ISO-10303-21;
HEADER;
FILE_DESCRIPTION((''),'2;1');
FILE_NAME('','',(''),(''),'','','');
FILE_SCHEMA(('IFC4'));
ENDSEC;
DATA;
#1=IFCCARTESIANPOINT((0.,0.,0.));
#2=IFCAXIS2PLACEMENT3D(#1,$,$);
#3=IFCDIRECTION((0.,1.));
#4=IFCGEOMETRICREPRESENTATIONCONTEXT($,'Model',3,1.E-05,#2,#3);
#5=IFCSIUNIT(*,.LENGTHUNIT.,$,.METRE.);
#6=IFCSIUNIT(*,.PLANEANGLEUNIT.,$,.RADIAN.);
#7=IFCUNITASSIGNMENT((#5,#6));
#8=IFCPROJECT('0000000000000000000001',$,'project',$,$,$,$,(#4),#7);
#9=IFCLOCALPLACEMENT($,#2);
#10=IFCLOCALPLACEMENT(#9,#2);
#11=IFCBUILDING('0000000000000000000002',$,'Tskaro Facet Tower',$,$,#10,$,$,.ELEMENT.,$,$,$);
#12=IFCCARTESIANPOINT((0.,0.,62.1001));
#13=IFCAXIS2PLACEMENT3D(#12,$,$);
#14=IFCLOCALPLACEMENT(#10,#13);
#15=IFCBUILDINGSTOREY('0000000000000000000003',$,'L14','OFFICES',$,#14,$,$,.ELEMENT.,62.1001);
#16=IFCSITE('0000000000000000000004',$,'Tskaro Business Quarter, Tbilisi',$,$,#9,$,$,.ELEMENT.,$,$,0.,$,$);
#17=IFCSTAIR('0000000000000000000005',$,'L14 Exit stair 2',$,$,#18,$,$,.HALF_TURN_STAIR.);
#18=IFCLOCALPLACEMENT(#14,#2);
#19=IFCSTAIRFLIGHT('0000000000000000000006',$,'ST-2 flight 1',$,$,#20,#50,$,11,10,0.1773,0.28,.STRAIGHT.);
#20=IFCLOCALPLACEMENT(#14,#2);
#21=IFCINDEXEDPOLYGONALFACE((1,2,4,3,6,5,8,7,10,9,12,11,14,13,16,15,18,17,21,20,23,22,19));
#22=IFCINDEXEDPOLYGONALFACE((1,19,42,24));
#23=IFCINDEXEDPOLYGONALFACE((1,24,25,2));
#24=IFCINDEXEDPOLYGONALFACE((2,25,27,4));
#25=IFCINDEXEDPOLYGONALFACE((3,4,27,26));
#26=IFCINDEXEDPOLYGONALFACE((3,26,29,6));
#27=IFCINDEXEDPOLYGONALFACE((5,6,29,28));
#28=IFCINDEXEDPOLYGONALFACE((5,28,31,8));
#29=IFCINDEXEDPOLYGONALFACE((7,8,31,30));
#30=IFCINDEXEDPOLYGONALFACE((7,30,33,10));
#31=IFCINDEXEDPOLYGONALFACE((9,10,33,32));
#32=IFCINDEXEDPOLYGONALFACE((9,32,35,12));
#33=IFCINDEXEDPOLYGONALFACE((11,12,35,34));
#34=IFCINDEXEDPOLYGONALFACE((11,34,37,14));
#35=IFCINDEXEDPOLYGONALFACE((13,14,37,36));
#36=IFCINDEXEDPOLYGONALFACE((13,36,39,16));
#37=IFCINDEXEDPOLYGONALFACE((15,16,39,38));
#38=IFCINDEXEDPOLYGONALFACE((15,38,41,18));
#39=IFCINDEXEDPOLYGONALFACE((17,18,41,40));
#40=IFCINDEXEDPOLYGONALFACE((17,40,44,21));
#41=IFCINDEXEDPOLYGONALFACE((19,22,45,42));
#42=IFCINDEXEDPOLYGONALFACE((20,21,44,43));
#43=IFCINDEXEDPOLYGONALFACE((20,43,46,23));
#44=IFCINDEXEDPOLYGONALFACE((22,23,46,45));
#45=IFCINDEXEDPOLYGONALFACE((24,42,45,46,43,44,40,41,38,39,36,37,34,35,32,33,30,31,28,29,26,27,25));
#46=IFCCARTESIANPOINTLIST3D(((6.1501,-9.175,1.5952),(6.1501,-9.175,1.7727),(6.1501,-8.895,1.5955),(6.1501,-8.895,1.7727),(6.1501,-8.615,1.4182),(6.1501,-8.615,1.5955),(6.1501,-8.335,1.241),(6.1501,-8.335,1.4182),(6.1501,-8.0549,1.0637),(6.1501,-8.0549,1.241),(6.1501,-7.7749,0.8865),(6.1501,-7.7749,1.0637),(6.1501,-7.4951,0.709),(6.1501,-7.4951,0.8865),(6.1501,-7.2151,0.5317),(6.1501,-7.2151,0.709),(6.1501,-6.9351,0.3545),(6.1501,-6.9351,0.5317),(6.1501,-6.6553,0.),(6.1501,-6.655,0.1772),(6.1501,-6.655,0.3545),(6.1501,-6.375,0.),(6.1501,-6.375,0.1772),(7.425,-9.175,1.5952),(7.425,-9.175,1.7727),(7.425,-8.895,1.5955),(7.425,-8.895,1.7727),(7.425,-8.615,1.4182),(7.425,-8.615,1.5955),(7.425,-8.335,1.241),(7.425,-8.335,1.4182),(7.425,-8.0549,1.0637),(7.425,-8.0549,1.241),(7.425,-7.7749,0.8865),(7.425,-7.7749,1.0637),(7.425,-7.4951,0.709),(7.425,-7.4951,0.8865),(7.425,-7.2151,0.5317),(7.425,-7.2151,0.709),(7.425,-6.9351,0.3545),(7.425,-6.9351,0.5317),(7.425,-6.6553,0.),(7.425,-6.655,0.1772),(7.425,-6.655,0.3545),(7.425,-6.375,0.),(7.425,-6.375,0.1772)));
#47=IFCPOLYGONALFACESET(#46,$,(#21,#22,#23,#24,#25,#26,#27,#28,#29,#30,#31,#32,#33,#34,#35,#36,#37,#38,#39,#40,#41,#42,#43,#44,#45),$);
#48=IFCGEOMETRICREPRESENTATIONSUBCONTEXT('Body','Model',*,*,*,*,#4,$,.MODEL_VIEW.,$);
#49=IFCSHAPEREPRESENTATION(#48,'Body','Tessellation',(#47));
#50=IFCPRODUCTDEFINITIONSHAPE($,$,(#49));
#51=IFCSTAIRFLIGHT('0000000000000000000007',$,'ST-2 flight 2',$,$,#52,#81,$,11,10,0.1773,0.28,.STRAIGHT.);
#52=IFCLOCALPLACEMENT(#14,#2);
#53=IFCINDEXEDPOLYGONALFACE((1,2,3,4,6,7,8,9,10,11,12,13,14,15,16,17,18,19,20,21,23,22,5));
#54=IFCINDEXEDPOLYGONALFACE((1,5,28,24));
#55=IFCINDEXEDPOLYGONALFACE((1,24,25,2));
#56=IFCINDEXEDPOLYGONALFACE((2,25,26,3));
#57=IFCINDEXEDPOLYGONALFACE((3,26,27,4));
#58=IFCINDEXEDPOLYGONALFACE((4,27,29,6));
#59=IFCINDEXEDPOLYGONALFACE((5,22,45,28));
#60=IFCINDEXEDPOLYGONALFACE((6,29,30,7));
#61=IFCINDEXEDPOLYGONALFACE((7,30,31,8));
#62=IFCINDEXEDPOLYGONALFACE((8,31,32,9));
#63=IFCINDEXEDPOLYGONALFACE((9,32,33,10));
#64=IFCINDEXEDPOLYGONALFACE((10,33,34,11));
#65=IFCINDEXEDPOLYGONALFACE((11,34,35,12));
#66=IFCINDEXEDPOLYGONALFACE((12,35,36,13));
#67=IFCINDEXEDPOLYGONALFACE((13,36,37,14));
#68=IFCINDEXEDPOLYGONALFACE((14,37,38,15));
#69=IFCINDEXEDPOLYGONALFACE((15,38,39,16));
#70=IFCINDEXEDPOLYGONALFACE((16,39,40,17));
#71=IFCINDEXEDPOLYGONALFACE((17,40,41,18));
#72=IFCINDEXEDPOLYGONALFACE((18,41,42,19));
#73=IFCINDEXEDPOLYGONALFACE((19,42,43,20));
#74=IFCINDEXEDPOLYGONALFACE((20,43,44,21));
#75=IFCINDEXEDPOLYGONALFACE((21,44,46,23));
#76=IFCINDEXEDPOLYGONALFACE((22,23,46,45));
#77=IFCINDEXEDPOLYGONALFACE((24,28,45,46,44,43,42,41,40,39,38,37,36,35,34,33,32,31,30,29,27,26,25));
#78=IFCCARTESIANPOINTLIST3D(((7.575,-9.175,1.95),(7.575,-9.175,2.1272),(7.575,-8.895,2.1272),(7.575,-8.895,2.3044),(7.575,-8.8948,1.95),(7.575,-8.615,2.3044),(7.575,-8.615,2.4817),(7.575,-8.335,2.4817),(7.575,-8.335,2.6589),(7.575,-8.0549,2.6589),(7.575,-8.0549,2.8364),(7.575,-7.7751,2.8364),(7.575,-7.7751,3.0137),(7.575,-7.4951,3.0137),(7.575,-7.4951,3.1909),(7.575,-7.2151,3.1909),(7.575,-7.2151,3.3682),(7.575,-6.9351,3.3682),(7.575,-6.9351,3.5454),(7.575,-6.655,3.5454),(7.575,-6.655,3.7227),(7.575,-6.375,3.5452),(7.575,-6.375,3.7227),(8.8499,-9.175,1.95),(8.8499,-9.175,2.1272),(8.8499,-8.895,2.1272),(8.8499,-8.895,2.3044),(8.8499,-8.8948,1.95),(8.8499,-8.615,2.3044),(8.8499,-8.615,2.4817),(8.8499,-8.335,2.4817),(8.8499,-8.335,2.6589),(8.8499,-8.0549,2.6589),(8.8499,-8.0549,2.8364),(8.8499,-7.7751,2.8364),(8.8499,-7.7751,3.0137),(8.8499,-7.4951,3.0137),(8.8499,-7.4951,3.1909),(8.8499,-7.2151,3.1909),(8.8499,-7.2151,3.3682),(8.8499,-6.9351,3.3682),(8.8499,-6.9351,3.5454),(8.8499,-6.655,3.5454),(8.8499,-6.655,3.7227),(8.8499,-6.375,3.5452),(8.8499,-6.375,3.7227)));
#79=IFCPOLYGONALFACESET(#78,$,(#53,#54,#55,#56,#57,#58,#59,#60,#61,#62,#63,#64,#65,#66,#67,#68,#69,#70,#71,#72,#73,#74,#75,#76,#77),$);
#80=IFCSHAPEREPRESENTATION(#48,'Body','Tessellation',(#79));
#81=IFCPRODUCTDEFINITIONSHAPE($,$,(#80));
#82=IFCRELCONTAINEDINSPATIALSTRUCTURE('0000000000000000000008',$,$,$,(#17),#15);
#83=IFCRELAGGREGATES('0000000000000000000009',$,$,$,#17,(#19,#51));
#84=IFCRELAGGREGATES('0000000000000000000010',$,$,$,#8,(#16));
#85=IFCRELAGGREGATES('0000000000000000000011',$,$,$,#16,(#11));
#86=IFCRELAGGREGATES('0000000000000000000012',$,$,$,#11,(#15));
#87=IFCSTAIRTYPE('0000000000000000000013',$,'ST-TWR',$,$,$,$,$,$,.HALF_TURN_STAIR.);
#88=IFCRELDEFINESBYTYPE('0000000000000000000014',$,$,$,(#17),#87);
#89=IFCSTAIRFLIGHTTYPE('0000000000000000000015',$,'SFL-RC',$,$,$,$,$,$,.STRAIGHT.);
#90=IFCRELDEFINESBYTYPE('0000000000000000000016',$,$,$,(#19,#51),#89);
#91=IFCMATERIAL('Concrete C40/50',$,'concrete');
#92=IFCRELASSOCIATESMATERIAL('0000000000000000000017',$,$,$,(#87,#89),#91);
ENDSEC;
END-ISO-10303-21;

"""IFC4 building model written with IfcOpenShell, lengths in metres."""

from ifc_helpers import new_model, si_unit, direction, frame, origin, place, context, subcontext, project, spatial, polyline, outline, extrude, material, type_object, element, aggregate, save


model = new_model("IFC4")

# Units and contexts
model_context = context("Model", 3, precision=1e-05, world=origin(), true_north=direction((0.0, 1.0)))
body_context = subcontext(model_context, "Body", "Model", "MODEL_VIEW")
ifc_project = project(units=[si_unit("LENGTHUNIT", "METRE"), si_unit("PLANEANGLEUNIT", "RADIAN")], contexts=[model_context])

# Site, building, storey
site_placement = place(None, origin())
site = spatial("IfcSite", under=ifc_project, at=site_placement, Name="Tskaro Business Quarter, Tbilisi", CompositionType="ELEMENT", RefElevation=0.0)
building_placement = place(site_placement, origin())
building = spatial("IfcBuilding", under=site, at=building_placement, Name="Tskaro Facet Tower", CompositionType="ELEMENT")
storey_placement = place(building_placement, frame((0.0, 0.0, 62.1001)))
storey = spatial("IfcBuildingStorey", under=building, at=storey_placement, Name="L14", Description="OFFICES", CompositionType="ELEMENT", Elevation=62.1001)

# Shared definitions
ifc_material_1 = material(Name="Concrete C40/50", Category="concrete")

# Stair, stair flights
stair_type = type_object("IfcStairType", Name="ST-TWR", PredefinedType="HALF_TURN_STAIR", material=ifc_material_1)
stair_placement = place(storey_placement, origin())
stair = element("IfcStair", 1, at=stair_placement, inside=storey, type_object=stair_type, Name="L14 Exit stair 2", PredefinedType="HALF_TURN_STAIR")
stair_flight_type = type_object("IfcStairFlightType", Name="SFL-RC", PredefinedType="STRAIGHT", material=ifc_material_1)
stair_flight_1_placement = place(storey_placement, frame((6.7876, -6.375, 0.0), z_axis=(0.0, 0.0, 1.0), x_axis=(0.0, -1.0, 0.0)))
stair_flight_1 = element("IfcStairFlight", 2, at=stair_flight_1_placement, type_object=stair_flight_type, Name="ST-2 flight 1", NumberOfRisers=11, NumberOfTreads=10, PredefinedType="STRAIGHT", RiserHeight=0.1773, TreadLength=0.28, context=body_context, shape_type="SweptSolid", body=[
    extrude(outline(polyline([(0.0, 0.0), (0.0, 0.1772), (0.28, 0.1772), (0.28, 0.3545), (0.5601, 0.3545), (0.5601, 0.5317), (0.8401, 0.5317), (0.8401, 0.709), (1.1201, 0.709), (1.1201, 0.8865), (1.3999, 0.8865), (1.3999, 1.0637), (1.6799, 1.0637), (1.6799, 1.241), (1.96, 1.241), (1.96, 1.4182), (2.24, 1.4182), (2.24, 1.5955), (2.52, 1.5955), (2.52, 1.7727), (2.8, 1.7727), (2.8, 1.95), (2.8, 1.5952), (0.2803, 0.0), (0.0, 0.0)])), frame((0.0, 0.6375, 0.0), z_axis=(0.0, -1.0, 0.0), x_axis=(1.0, 0.0, 0.0)), (0.0, 0.0, 1.0), 1.2749),
])
stair_flight_2_placement = place(storey_placement, frame((8.2124, -9.175, 1.95), z_axis=(0.0, 0.0, 1.0), x_axis=(0.0, 1.0, 0.0)))
stair_flight_2 = element("IfcStairFlight", 3, at=stair_flight_2_placement, type_object=stair_flight_type, Name="ST-2 flight 2", NumberOfRisers=11, NumberOfTreads=10, PredefinedType="STRAIGHT", RiserHeight=0.1773, TreadLength=0.28, context=body_context, shape_type="SweptSolid", body=[
    extrude(outline(polyline([(0.0, 0.0), (0.0, 0.1772), (0.28, 0.1772), (0.28, 0.3545), (0.5601, 0.3545), (0.5601, 0.5317), (0.8401, 0.5317), (0.8401, 0.709), (1.1201, 0.709), (1.1201, 0.8865), (1.3999, 0.8865), (1.3999, 1.0637), (1.6799, 1.0637), (1.6799, 1.241), (1.96, 1.241), (1.96, 1.4182), (2.24, 1.4182), (2.24, 1.5955), (2.52, 1.5955), (2.52, 1.7727), (2.8, 1.7727), (2.8, 1.95), (2.8, 1.5952), (0.2803, 0.0), (0.0, 0.0)])), frame((0.0, 0.6375, 0.0), z_axis=(0.0, -1.0, 0.0), x_axis=(1.0, 0.0, 0.0)), (0.0, 0.0, 1.0), 1.2749),
])
aggregate(stair, [stair_flight_1, stair_flight_2])

save(model, "model.ifc")
